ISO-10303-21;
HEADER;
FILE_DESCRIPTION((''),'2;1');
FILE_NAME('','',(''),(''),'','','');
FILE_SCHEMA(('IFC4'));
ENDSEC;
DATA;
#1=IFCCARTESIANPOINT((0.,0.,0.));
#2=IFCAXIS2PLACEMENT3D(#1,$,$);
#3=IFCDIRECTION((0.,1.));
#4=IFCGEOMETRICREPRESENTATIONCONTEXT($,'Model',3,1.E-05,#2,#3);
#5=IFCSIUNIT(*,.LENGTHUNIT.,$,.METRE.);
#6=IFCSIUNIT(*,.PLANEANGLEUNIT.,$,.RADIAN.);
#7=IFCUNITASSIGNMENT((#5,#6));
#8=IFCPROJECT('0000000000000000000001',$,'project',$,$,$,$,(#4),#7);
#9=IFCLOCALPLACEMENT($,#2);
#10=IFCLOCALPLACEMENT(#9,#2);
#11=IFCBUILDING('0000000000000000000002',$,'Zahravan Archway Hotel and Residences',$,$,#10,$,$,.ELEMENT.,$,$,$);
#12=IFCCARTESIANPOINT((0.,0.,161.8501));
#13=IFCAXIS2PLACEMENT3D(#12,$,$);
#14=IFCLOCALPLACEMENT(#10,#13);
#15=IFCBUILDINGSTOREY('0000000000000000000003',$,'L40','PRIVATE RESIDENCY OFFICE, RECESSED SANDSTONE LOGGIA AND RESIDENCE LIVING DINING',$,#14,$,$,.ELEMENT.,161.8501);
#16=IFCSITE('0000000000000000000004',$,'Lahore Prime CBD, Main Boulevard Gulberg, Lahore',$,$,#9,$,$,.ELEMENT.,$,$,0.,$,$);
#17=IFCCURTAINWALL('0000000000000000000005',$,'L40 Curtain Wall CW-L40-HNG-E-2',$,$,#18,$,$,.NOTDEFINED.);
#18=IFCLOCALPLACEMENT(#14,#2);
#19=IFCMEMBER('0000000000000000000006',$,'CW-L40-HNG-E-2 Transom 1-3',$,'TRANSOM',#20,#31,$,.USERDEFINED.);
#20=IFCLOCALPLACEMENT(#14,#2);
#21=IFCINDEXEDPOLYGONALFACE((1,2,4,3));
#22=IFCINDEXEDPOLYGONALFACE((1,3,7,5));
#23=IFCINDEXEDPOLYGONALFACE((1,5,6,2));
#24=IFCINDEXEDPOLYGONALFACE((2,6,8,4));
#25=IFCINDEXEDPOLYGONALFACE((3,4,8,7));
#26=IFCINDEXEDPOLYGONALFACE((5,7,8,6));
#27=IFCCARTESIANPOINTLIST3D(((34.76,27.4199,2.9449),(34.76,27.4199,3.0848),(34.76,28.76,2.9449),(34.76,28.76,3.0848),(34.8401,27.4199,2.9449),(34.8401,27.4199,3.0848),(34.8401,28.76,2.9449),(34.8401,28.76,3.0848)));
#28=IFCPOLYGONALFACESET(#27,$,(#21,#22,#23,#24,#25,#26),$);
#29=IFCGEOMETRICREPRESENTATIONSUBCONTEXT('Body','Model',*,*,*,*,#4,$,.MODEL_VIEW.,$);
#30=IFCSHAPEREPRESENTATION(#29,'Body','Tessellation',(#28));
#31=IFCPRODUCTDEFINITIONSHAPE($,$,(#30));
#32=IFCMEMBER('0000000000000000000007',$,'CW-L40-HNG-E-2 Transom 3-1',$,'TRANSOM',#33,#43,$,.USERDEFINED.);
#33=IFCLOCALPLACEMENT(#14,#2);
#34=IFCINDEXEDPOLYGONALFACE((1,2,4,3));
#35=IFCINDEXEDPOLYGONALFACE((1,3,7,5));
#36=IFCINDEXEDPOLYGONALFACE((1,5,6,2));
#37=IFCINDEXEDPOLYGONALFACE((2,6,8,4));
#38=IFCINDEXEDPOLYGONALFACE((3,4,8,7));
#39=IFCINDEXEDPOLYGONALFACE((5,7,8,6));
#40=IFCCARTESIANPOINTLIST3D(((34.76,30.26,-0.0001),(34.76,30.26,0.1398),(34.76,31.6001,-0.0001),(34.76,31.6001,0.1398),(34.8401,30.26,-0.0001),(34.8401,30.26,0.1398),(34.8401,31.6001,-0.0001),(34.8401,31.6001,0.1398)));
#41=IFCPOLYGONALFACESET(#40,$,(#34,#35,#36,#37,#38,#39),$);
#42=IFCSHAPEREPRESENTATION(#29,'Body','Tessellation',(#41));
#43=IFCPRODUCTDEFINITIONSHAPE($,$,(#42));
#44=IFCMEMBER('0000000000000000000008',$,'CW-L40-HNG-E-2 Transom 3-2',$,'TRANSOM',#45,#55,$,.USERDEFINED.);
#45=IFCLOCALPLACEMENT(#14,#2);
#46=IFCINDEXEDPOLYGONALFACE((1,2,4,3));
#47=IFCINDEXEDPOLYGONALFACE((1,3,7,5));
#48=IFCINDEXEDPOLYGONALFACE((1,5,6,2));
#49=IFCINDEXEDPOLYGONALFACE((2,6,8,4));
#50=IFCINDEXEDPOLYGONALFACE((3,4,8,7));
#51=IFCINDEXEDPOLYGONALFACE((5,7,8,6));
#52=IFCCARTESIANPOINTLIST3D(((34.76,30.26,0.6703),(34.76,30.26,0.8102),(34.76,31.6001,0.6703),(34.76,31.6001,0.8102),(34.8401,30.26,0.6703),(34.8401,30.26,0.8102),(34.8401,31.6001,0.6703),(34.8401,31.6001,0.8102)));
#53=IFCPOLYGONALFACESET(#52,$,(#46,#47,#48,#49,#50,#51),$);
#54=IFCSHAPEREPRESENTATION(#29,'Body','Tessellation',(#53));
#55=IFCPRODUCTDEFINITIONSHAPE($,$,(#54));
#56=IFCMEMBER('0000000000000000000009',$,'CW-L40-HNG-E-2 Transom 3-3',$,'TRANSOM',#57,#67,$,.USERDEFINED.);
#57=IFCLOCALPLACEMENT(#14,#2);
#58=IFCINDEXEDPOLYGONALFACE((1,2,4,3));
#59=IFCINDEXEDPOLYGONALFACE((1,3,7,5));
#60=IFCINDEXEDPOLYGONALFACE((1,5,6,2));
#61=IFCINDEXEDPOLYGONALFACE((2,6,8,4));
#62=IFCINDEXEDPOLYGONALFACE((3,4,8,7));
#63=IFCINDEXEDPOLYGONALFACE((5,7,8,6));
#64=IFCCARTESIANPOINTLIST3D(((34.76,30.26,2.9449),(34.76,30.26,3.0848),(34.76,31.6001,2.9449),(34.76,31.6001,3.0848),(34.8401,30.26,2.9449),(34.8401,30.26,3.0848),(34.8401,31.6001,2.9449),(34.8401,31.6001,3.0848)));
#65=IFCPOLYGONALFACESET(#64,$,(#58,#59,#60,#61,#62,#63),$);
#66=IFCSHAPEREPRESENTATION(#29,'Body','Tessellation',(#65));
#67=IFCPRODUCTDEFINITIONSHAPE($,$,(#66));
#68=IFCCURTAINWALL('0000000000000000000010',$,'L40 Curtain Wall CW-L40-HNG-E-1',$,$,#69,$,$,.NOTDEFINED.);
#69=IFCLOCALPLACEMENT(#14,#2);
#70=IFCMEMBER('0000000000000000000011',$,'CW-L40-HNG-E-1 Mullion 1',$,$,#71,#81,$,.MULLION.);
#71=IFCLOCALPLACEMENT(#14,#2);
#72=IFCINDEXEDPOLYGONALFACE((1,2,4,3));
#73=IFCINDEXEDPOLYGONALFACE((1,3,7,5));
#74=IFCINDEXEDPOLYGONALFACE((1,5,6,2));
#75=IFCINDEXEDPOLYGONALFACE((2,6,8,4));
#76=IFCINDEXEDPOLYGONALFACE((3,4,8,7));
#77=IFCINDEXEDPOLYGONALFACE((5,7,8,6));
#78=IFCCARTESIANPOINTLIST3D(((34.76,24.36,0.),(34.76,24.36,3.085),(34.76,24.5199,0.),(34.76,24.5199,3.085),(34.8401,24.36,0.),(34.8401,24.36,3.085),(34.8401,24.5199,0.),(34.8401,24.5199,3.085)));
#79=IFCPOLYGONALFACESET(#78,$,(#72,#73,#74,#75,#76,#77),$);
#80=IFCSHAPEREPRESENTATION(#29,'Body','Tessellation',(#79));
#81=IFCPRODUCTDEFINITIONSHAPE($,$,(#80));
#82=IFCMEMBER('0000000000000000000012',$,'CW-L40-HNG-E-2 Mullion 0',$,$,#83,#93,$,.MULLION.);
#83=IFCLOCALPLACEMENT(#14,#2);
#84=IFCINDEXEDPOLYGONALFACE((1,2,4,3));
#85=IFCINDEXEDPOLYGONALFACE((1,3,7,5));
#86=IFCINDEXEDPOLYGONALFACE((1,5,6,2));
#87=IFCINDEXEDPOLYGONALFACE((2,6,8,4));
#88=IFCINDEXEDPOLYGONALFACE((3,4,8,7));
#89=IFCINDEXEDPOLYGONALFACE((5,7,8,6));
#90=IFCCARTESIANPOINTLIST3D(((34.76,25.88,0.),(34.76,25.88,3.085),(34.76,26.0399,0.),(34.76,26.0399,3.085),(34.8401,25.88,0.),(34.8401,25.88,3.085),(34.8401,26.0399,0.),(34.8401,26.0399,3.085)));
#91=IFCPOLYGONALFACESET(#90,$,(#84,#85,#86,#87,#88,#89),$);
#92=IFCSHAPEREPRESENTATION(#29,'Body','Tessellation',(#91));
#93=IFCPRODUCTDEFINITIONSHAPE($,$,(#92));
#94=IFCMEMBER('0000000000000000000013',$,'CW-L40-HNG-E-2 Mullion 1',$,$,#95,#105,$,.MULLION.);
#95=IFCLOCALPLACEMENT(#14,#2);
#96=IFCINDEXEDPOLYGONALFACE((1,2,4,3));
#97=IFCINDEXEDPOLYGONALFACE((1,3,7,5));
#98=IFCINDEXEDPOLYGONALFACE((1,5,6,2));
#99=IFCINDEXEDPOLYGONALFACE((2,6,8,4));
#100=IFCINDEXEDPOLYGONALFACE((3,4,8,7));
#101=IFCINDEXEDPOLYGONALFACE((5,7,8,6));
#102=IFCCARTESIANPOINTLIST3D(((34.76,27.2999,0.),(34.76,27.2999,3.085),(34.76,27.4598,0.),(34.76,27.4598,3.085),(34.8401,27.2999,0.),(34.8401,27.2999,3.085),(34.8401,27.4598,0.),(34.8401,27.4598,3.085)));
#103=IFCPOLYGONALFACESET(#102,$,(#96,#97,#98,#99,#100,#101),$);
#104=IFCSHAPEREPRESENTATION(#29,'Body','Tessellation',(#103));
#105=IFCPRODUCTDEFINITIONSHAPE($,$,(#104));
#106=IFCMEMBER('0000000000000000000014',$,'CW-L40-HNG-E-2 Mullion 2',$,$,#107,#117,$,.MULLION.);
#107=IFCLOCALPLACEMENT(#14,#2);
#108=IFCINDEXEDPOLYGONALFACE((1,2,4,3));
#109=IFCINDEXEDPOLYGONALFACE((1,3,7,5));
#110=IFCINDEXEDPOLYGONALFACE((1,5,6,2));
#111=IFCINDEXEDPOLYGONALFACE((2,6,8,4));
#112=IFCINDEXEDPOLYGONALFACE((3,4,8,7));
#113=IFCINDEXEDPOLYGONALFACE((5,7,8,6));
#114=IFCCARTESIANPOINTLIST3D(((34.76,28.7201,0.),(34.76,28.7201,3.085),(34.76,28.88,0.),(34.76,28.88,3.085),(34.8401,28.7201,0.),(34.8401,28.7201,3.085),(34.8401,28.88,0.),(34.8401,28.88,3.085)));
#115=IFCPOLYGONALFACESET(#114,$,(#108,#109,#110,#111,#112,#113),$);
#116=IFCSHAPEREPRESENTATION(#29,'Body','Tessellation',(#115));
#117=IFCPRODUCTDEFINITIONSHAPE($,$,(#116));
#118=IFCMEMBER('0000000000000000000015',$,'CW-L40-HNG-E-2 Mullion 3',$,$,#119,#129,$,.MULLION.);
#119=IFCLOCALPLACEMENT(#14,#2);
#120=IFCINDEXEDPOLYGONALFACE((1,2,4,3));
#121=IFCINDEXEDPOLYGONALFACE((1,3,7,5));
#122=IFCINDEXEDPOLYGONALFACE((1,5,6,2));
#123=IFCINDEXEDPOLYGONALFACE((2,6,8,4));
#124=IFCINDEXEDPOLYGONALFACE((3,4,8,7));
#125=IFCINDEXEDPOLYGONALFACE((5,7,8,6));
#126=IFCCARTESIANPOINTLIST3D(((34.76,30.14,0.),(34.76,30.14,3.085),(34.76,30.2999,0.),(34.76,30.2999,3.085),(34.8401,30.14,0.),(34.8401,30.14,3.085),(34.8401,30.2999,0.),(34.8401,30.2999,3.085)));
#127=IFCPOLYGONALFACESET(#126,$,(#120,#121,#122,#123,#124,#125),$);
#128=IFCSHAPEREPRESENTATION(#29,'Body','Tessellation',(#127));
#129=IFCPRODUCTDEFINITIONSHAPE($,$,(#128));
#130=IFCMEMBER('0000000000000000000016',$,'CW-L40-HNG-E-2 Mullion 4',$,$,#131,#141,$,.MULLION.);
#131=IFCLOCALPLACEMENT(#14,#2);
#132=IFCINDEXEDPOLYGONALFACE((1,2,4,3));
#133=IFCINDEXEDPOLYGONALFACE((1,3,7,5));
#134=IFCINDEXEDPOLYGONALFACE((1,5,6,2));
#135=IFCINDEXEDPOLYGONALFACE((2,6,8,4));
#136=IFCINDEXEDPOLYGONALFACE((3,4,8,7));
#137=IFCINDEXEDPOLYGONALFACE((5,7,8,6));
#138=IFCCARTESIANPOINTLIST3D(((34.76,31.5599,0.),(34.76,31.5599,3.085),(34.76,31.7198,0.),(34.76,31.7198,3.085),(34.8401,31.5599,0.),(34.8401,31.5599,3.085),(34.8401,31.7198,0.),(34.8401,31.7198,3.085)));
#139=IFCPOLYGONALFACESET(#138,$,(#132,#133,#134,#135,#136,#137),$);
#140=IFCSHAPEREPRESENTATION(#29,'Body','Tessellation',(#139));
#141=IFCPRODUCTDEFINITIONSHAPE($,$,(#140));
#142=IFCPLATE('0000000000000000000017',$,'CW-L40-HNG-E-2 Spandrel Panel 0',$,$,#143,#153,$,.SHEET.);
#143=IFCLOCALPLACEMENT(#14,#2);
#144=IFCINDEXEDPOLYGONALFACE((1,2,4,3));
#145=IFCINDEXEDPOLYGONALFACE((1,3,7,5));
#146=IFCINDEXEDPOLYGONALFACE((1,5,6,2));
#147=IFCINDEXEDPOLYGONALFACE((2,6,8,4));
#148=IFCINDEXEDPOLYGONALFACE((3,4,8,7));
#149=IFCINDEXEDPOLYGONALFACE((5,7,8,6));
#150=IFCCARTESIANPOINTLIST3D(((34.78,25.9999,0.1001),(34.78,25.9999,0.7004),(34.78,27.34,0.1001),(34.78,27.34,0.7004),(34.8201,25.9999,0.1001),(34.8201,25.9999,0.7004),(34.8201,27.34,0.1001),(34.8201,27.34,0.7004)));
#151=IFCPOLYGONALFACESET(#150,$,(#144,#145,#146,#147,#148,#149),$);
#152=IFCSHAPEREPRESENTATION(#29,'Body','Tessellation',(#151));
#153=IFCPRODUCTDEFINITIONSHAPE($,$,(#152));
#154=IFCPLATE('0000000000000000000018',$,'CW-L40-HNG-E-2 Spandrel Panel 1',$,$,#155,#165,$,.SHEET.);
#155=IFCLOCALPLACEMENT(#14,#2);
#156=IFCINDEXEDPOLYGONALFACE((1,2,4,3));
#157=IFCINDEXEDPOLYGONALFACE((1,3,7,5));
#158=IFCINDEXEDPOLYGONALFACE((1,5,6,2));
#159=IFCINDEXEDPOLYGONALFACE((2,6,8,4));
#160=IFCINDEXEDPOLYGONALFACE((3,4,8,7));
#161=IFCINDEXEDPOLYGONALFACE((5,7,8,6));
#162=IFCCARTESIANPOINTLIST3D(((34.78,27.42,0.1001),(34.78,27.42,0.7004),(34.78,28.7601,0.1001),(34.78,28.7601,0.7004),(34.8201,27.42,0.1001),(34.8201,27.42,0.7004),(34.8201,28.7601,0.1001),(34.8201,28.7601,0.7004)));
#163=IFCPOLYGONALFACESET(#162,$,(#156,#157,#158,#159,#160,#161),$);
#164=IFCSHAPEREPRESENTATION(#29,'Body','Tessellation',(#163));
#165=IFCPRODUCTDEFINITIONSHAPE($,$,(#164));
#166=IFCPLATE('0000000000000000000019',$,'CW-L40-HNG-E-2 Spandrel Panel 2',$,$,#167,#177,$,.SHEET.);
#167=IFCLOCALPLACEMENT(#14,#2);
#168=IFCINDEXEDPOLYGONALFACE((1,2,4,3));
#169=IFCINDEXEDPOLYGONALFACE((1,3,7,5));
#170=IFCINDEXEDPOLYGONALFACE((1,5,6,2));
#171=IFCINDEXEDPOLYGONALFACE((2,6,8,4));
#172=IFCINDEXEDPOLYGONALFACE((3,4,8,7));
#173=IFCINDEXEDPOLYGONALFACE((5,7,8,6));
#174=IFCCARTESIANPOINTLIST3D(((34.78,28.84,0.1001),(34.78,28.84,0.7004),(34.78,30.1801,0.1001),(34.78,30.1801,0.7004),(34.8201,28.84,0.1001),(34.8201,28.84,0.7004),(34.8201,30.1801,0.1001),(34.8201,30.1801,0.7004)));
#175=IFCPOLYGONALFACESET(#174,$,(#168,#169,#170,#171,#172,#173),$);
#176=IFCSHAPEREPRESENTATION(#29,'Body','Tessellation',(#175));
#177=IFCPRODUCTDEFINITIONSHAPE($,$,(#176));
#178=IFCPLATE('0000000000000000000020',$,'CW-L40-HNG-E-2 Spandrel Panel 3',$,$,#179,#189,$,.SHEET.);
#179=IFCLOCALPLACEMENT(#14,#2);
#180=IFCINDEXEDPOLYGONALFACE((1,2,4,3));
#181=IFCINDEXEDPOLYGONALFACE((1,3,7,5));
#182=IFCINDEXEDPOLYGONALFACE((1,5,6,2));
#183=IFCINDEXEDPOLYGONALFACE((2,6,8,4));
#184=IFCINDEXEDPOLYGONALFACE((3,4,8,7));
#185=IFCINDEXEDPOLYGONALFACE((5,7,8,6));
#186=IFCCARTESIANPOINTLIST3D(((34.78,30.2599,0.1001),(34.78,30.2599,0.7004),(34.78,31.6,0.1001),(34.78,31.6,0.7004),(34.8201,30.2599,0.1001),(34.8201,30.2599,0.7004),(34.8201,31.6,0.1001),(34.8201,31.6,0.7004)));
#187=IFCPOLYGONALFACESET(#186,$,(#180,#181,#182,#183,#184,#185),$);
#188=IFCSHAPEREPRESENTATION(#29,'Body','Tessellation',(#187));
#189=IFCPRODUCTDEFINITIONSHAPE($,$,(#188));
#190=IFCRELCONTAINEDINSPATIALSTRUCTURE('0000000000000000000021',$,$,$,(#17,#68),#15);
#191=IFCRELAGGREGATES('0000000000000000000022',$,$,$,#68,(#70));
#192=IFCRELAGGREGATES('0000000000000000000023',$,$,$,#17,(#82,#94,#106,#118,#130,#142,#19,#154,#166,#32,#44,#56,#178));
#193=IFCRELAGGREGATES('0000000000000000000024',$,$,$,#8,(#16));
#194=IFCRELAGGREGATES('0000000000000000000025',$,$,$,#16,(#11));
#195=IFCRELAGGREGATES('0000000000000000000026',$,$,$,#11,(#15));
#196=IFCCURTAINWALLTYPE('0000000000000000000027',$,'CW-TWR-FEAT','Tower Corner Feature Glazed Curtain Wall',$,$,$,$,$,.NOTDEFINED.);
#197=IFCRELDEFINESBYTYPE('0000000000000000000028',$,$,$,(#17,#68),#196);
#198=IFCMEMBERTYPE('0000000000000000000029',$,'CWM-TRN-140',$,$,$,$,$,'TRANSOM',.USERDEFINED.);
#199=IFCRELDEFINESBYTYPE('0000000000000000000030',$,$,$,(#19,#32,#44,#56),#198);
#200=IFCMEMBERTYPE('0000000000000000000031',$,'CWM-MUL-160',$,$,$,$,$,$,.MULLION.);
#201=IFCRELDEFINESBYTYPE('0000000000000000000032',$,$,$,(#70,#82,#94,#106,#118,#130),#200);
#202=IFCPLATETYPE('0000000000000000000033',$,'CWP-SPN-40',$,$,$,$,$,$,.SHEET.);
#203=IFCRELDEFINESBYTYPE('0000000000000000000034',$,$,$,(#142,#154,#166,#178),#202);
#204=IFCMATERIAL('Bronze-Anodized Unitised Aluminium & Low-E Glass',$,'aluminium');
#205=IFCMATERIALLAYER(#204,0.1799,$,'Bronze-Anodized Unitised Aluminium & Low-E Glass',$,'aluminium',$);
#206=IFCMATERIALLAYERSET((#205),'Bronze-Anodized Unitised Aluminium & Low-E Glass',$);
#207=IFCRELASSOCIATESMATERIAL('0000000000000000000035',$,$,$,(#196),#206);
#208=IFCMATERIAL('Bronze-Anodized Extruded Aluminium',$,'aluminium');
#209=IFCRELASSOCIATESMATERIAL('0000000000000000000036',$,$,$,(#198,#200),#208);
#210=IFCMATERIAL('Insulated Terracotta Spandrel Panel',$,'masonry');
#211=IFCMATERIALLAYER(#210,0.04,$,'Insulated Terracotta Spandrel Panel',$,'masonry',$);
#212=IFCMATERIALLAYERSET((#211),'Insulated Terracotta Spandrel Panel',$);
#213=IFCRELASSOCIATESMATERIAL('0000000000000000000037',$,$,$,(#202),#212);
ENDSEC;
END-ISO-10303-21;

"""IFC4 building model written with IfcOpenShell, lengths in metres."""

from ifc_helpers import new_model, si_unit, direction, frame, origin, origin_2d, place, context, subcontext, project, spatial, rectangle, extrude, source, transform, mapped, material, layer, layer_set, material_profile, profile_set, type_object, element, aggregate, save


model = new_model("IFC4")

# Units and contexts
model_context = context("Model", 3, precision=1e-05, world=origin(), true_north=direction((0.0, 1.0)))
body_context = subcontext(model_context, "Body", "Model", "MODEL_VIEW")
ifc_project = project(units=[si_unit("LENGTHUNIT", "METRE"), si_unit("PLANEANGLEUNIT", "RADIAN")], contexts=[model_context])

# Site, building, storey
site_placement = place(None, origin())
site = spatial("IfcSite", under=ifc_project, at=site_placement, Name="Lahore Prime CBD, Main Boulevard Gulberg, Lahore", CompositionType="ELEMENT", RefElevation=0.0)
building_placement = place(site_placement, origin())
building = spatial("IfcBuilding", under=site, at=building_placement, Name="Zahravan Archway Hotel and Residences", CompositionType="ELEMENT")
storey_placement = place(building_placement, frame((0.0, 0.0, 161.8501)))
storey = spatial("IfcBuildingStorey", under=building, at=storey_placement, Name="L40", Description="PRIVATE RESIDENCY OFFICE, RECESSED SANDSTONE LOGGIA AND RESIDENCE LIVING DINING", CompositionType="ELEMENT", Elevation=161.8501)

# Curtain wall, members
ifc_material_1 = material(Name="Bronze-Anodized Unitised Aluminium & Low-E Glass", Category="aluminium")
ifc_layer_1 = layer(ifc_material_1, 0.1799, Name="Bronze-Anodized Unitised Aluminium & Low-E Glass", Category="aluminium")
ifc_layer_set_1 = layer_set([ifc_layer_1], Name="Bronze-Anodized Unitised Aluminium & Low-E Glass")
curtain_wall_type = type_object("IfcCurtainWallType", Name="CW-TWR-FEAT", Description="Tower Corner Feature Glazed Curtain Wall", PredefinedType="NOTDEFINED", material=ifc_layer_set_1)
curtain_wall_1_placement = place(storey_placement, origin())
curtain_wall_1 = element("IfcCurtainWall", 1, at=curtain_wall_1_placement, inside=storey, type_object=curtain_wall_type, Name="L40 Curtain Wall CW-L40-HNG-E-2", PredefinedType="NOTDEFINED")
ifc_material_2 = material(Name="Bronze-Anodized Extruded Aluminium", Category="aluminium")
ifc_material_profile_1 = material_profile(ifc_material_2, rectangle(XDim=0.0801, YDim=0.1399, at=origin_2d()), Name="TRN 80x140", Category="aluminium")
ifc_profile_set_1 = profile_set([ifc_material_profile_1], Name="Bronze-Anodized Extruded Aluminium")
member_type_1 = type_object("IfcMemberType", Name="CWM-TRN-140", ElementType="TRANSOM", PredefinedType="USERDEFINED", material=ifc_profile_set_1)
shared_shape_1 = source(origin(), body_context, "Body", "SweptSolid", [
    extrude(rectangle(XDim=0.0801, YDim=0.1399, at=origin_2d()), origin(), (0.0, 0.0, 1.0), 1.3401),
])
member_1_placement = place(storey_placement, frame((34.8, 27.4199, 3.0149), z_axis=(0.0, 1.0, 0.0), x_axis=(-1.0, 0.0, 0.0)))
member_1 = element("IfcMember", 2, at=member_1_placement, type_object=member_type_1, Name="CW-L40-HNG-E-2 Transom 1-3", ObjectType="TRANSOM", PredefinedType="USERDEFINED", context=body_context, shape_type="MappedRepresentation", body=[
    mapped(shared_shape_1, transform((0.0, 0.0, 0.0), scale=1.0)),
])
member_2_placement = place(storey_placement, frame((34.8, 30.26, 0.0698), z_axis=(0.0, 1.0, 0.0), x_axis=(-1.0, 0.0, 0.0)))
member_2 = element("IfcMember", 3, at=member_2_placement, type_object=member_type_1, Name="CW-L40-HNG-E-2 Transom 3-1", ObjectType="TRANSOM", PredefinedType="USERDEFINED", context=body_context, shape_type="MappedRepresentation", body=[
    mapped(shared_shape_1, transform((0.0, 0.0, 0.0), scale=1.0)),
])
member_3_placement = place(storey_placement, frame((34.8, 30.26, 0.7402), z_axis=(0.0, 1.0, 0.0), x_axis=(-1.0, 0.0, 0.0)))
member_3 = element("IfcMember", 4, at=member_3_placement, type_object=member_type_1, Name="CW-L40-HNG-E-2 Transom 3-2", ObjectType="TRANSOM", PredefinedType="USERDEFINED", context=body_context, shape_type="MappedRepresentation", body=[
    mapped(shared_shape_1, transform((0.0, 0.0, 0.0), scale=1.0)),
])
member_4_placement = place(storey_placement, frame((34.8, 30.26, 3.0149), z_axis=(0.0, 1.0, 0.0), x_axis=(-1.0, 0.0, 0.0)))
member_4 = element("IfcMember", 5, at=member_4_placement, type_object=member_type_1, Name="CW-L40-HNG-E-2 Transom 3-3", ObjectType="TRANSOM", PredefinedType="USERDEFINED", context=body_context, shape_type="MappedRepresentation", body=[
    mapped(shared_shape_1, transform((0.0, 0.0, 0.0), scale=1.0)),
])

# Curtain wall, member
curtain_wall_2_placement = place(storey_placement, origin())
curtain_wall_2 = element("IfcCurtainWall", 6, at=curtain_wall_2_placement, inside=storey, type_object=curtain_wall_type, Name="L40 Curtain Wall CW-L40-HNG-E-1", PredefinedType="NOTDEFINED")
ifc_material_profile_2 = material_profile(ifc_material_2, rectangle(XDim=0.0801, YDim=0.1599, at=origin_2d()), Name="MUL 80x160", Category="aluminium")
ifc_profile_set_2 = profile_set([ifc_material_profile_2], Name="Bronze-Anodized Extruded Aluminium")
member_type_2 = type_object("IfcMemberType", Name="CWM-MUL-160", PredefinedType="MULLION", material=ifc_profile_set_2)
shared_shape_2 = source(origin(), body_context, "Body", "SweptSolid", [
    extrude(rectangle(XDim=0.0801, YDim=0.1599, at=origin_2d()), origin(), (0.0, 0.0, 1.0), 3.085),
])
member_5_placement = place(storey_placement, frame((34.8, 24.4399, 0.0), z_axis=(0.0, 0.0, 1.0), x_axis=(1.0, 0.0, 0.0)))
member_5 = element("IfcMember", 7, at=member_5_placement, type_object=member_type_2, Name="CW-L40-HNG-E-1 Mullion 1", PredefinedType="MULLION", context=body_context, shape_type="MappedRepresentation", body=[
    mapped(shared_shape_2, transform((0.0, 0.0, 0.0), scale=1.0)),
])
aggregate(curtain_wall_2, [member_5])

# Members
member_6_placement = place(storey_placement, frame((34.8, 25.96, 0.0), z_axis=(0.0, 0.0, 1.0), x_axis=(1.0, 0.0, 0.0)))
member_6 = element("IfcMember", 8, at=member_6_placement, type_object=member_type_2, Name="CW-L40-HNG-E-2 Mullion 0", PredefinedType="MULLION", context=body_context, shape_type="MappedRepresentation", body=[
    mapped(shared_shape_2, transform((0.0, 0.0, 0.0), scale=1.0)),
])
member_7_placement = place(storey_placement, frame((34.8, 27.3799, 0.0), z_axis=(0.0, 0.0, 1.0), x_axis=(1.0, 0.0, 0.0)))
member_7 = element("IfcMember", 9, at=member_7_placement, type_object=member_type_2, Name="CW-L40-HNG-E-2 Mullion 1", PredefinedType="MULLION", context=body_context, shape_type="MappedRepresentation", body=[
    mapped(shared_shape_2, transform((0.0, 0.0, 0.0), scale=1.0)),
])
member_8_placement = place(storey_placement, frame((34.8, 28.8, 0.0), z_axis=(0.0, 0.0, 1.0), x_axis=(1.0, 0.0, 0.0)))
member_8 = element("IfcMember", 10, at=member_8_placement, type_object=member_type_2, Name="CW-L40-HNG-E-2 Mullion 2", PredefinedType="MULLION", context=body_context, shape_type="MappedRepresentation", body=[
    mapped(shared_shape_2, transform((0.0, 0.0, 0.0), scale=1.0)),
])
member_9_placement = place(storey_placement, frame((34.8, 30.22, 0.0), z_axis=(0.0, 0.0, 1.0), x_axis=(1.0, 0.0, 0.0)))
member_9 = element("IfcMember", 11, at=member_9_placement, type_object=member_type_2, Name="CW-L40-HNG-E-2 Mullion 3", PredefinedType="MULLION", context=body_context, shape_type="MappedRepresentation", body=[
    mapped(shared_shape_2, transform((0.0, 0.0, 0.0), scale=1.0)),
])
member_10_placement = place(storey_placement, frame((34.8, 31.6399, 0.0), z_axis=(0.0, 0.0, 1.0), x_axis=(1.0, 0.0, 0.0)))
member_10 = element("IfcMember", 12, at=member_10_placement, type_object=member_type_2, Name="CW-L40-HNG-E-2 Mullion 4", PredefinedType="MULLION", context=body_context, shape_type="MappedRepresentation", body=[
    mapped(shared_shape_2, transform((0.0, 0.0, 0.0), scale=1.0)),
])

# Plates
ifc_material_3 = material(Name="Insulated Terracotta Spandrel Panel", Category="masonry")
ifc_layer_2 = layer(ifc_material_3, 0.04, Name="Insulated Terracotta Spandrel Panel", Category="masonry")
ifc_layer_set_2 = layer_set([ifc_layer_2], Name="Insulated Terracotta Spandrel Panel")
plate_type_1 = type_object("IfcPlateType", Name="CWP-SPN-40", PredefinedType="SHEET", material=ifc_layer_set_2)
shared_shape_3 = source(origin(), body_context, "Body", "SweptSolid", [
    extrude(rectangle(XDim=1.3401, YDim=0.04, at=origin_2d()), origin(), (0.0, 0.0, 1.0), 0.6003),
])
plate_1_placement = place(storey_placement, frame((34.8, 26.6699, 0.1001), z_axis=(0.0, 0.0, 1.0), x_axis=(0.0, 1.0, 0.0)))
plate_1 = element("IfcPlate", 13, at=plate_1_placement, type_object=plate_type_1, Name="CW-L40-HNG-E-2 Spandrel Panel 0", PredefinedType="SHEET", context=body_context, shape_type="MappedRepresentation", body=[
    mapped(shared_shape_3, transform((0.0, 0.0, 0.0), scale=1.0)),
])
plate_2_placement = place(storey_placement, frame((34.8, 28.0901, 0.1001), z_axis=(0.0, 0.0, 1.0), x_axis=(0.0, 1.0, 0.0)))
plate_2 = element("IfcPlate", 14, at=plate_2_placement, type_object=plate_type_1, Name="CW-L40-HNG-E-2 Spandrel Panel 1", PredefinedType="SHEET", context=body_context, shape_type="MappedRepresentation", body=[
    mapped(shared_shape_3, transform((0.0, 0.0, 0.0), scale=1.0)),
])
plate_3_placement = place(storey_placement, frame((34.8, 29.51, 0.1001), z_axis=(0.0, 0.0, 1.0), x_axis=(0.0, 1.0, 0.0)))
plate_3 = element("IfcPlate", 15, at=plate_3_placement, type_object=plate_type_1, Name="CW-L40-HNG-E-2 Spandrel Panel 2", PredefinedType="SHEET", context=body_context, shape_type="MappedRepresentation", body=[
    mapped(shared_shape_3, transform((0.0, 0.0, 0.0), scale=1.0)),
])
plate_4_placement = place(storey_placement, frame((34.8, 30.9299, 0.1001), z_axis=(0.0, 0.0, 1.0), x_axis=(0.0, 1.0, 0.0)))
plate_4 = element("IfcPlate", 16, at=plate_4_placement, type_object=plate_type_1, Name="CW-L40-HNG-E-2 Spandrel Panel 3", PredefinedType="SHEET", context=body_context, shape_type="MappedRepresentation", body=[
    mapped(shared_shape_3, transform((0.0, 0.0, 0.0), scale=1.0)),
])
aggregate(curtain_wall_1, [member_6, member_7, member_8, member_9, member_10, plate_1, member_1, plate_2, plate_3, member_2, member_3, member_4, plate_4])

save(model, "model.ifc")
